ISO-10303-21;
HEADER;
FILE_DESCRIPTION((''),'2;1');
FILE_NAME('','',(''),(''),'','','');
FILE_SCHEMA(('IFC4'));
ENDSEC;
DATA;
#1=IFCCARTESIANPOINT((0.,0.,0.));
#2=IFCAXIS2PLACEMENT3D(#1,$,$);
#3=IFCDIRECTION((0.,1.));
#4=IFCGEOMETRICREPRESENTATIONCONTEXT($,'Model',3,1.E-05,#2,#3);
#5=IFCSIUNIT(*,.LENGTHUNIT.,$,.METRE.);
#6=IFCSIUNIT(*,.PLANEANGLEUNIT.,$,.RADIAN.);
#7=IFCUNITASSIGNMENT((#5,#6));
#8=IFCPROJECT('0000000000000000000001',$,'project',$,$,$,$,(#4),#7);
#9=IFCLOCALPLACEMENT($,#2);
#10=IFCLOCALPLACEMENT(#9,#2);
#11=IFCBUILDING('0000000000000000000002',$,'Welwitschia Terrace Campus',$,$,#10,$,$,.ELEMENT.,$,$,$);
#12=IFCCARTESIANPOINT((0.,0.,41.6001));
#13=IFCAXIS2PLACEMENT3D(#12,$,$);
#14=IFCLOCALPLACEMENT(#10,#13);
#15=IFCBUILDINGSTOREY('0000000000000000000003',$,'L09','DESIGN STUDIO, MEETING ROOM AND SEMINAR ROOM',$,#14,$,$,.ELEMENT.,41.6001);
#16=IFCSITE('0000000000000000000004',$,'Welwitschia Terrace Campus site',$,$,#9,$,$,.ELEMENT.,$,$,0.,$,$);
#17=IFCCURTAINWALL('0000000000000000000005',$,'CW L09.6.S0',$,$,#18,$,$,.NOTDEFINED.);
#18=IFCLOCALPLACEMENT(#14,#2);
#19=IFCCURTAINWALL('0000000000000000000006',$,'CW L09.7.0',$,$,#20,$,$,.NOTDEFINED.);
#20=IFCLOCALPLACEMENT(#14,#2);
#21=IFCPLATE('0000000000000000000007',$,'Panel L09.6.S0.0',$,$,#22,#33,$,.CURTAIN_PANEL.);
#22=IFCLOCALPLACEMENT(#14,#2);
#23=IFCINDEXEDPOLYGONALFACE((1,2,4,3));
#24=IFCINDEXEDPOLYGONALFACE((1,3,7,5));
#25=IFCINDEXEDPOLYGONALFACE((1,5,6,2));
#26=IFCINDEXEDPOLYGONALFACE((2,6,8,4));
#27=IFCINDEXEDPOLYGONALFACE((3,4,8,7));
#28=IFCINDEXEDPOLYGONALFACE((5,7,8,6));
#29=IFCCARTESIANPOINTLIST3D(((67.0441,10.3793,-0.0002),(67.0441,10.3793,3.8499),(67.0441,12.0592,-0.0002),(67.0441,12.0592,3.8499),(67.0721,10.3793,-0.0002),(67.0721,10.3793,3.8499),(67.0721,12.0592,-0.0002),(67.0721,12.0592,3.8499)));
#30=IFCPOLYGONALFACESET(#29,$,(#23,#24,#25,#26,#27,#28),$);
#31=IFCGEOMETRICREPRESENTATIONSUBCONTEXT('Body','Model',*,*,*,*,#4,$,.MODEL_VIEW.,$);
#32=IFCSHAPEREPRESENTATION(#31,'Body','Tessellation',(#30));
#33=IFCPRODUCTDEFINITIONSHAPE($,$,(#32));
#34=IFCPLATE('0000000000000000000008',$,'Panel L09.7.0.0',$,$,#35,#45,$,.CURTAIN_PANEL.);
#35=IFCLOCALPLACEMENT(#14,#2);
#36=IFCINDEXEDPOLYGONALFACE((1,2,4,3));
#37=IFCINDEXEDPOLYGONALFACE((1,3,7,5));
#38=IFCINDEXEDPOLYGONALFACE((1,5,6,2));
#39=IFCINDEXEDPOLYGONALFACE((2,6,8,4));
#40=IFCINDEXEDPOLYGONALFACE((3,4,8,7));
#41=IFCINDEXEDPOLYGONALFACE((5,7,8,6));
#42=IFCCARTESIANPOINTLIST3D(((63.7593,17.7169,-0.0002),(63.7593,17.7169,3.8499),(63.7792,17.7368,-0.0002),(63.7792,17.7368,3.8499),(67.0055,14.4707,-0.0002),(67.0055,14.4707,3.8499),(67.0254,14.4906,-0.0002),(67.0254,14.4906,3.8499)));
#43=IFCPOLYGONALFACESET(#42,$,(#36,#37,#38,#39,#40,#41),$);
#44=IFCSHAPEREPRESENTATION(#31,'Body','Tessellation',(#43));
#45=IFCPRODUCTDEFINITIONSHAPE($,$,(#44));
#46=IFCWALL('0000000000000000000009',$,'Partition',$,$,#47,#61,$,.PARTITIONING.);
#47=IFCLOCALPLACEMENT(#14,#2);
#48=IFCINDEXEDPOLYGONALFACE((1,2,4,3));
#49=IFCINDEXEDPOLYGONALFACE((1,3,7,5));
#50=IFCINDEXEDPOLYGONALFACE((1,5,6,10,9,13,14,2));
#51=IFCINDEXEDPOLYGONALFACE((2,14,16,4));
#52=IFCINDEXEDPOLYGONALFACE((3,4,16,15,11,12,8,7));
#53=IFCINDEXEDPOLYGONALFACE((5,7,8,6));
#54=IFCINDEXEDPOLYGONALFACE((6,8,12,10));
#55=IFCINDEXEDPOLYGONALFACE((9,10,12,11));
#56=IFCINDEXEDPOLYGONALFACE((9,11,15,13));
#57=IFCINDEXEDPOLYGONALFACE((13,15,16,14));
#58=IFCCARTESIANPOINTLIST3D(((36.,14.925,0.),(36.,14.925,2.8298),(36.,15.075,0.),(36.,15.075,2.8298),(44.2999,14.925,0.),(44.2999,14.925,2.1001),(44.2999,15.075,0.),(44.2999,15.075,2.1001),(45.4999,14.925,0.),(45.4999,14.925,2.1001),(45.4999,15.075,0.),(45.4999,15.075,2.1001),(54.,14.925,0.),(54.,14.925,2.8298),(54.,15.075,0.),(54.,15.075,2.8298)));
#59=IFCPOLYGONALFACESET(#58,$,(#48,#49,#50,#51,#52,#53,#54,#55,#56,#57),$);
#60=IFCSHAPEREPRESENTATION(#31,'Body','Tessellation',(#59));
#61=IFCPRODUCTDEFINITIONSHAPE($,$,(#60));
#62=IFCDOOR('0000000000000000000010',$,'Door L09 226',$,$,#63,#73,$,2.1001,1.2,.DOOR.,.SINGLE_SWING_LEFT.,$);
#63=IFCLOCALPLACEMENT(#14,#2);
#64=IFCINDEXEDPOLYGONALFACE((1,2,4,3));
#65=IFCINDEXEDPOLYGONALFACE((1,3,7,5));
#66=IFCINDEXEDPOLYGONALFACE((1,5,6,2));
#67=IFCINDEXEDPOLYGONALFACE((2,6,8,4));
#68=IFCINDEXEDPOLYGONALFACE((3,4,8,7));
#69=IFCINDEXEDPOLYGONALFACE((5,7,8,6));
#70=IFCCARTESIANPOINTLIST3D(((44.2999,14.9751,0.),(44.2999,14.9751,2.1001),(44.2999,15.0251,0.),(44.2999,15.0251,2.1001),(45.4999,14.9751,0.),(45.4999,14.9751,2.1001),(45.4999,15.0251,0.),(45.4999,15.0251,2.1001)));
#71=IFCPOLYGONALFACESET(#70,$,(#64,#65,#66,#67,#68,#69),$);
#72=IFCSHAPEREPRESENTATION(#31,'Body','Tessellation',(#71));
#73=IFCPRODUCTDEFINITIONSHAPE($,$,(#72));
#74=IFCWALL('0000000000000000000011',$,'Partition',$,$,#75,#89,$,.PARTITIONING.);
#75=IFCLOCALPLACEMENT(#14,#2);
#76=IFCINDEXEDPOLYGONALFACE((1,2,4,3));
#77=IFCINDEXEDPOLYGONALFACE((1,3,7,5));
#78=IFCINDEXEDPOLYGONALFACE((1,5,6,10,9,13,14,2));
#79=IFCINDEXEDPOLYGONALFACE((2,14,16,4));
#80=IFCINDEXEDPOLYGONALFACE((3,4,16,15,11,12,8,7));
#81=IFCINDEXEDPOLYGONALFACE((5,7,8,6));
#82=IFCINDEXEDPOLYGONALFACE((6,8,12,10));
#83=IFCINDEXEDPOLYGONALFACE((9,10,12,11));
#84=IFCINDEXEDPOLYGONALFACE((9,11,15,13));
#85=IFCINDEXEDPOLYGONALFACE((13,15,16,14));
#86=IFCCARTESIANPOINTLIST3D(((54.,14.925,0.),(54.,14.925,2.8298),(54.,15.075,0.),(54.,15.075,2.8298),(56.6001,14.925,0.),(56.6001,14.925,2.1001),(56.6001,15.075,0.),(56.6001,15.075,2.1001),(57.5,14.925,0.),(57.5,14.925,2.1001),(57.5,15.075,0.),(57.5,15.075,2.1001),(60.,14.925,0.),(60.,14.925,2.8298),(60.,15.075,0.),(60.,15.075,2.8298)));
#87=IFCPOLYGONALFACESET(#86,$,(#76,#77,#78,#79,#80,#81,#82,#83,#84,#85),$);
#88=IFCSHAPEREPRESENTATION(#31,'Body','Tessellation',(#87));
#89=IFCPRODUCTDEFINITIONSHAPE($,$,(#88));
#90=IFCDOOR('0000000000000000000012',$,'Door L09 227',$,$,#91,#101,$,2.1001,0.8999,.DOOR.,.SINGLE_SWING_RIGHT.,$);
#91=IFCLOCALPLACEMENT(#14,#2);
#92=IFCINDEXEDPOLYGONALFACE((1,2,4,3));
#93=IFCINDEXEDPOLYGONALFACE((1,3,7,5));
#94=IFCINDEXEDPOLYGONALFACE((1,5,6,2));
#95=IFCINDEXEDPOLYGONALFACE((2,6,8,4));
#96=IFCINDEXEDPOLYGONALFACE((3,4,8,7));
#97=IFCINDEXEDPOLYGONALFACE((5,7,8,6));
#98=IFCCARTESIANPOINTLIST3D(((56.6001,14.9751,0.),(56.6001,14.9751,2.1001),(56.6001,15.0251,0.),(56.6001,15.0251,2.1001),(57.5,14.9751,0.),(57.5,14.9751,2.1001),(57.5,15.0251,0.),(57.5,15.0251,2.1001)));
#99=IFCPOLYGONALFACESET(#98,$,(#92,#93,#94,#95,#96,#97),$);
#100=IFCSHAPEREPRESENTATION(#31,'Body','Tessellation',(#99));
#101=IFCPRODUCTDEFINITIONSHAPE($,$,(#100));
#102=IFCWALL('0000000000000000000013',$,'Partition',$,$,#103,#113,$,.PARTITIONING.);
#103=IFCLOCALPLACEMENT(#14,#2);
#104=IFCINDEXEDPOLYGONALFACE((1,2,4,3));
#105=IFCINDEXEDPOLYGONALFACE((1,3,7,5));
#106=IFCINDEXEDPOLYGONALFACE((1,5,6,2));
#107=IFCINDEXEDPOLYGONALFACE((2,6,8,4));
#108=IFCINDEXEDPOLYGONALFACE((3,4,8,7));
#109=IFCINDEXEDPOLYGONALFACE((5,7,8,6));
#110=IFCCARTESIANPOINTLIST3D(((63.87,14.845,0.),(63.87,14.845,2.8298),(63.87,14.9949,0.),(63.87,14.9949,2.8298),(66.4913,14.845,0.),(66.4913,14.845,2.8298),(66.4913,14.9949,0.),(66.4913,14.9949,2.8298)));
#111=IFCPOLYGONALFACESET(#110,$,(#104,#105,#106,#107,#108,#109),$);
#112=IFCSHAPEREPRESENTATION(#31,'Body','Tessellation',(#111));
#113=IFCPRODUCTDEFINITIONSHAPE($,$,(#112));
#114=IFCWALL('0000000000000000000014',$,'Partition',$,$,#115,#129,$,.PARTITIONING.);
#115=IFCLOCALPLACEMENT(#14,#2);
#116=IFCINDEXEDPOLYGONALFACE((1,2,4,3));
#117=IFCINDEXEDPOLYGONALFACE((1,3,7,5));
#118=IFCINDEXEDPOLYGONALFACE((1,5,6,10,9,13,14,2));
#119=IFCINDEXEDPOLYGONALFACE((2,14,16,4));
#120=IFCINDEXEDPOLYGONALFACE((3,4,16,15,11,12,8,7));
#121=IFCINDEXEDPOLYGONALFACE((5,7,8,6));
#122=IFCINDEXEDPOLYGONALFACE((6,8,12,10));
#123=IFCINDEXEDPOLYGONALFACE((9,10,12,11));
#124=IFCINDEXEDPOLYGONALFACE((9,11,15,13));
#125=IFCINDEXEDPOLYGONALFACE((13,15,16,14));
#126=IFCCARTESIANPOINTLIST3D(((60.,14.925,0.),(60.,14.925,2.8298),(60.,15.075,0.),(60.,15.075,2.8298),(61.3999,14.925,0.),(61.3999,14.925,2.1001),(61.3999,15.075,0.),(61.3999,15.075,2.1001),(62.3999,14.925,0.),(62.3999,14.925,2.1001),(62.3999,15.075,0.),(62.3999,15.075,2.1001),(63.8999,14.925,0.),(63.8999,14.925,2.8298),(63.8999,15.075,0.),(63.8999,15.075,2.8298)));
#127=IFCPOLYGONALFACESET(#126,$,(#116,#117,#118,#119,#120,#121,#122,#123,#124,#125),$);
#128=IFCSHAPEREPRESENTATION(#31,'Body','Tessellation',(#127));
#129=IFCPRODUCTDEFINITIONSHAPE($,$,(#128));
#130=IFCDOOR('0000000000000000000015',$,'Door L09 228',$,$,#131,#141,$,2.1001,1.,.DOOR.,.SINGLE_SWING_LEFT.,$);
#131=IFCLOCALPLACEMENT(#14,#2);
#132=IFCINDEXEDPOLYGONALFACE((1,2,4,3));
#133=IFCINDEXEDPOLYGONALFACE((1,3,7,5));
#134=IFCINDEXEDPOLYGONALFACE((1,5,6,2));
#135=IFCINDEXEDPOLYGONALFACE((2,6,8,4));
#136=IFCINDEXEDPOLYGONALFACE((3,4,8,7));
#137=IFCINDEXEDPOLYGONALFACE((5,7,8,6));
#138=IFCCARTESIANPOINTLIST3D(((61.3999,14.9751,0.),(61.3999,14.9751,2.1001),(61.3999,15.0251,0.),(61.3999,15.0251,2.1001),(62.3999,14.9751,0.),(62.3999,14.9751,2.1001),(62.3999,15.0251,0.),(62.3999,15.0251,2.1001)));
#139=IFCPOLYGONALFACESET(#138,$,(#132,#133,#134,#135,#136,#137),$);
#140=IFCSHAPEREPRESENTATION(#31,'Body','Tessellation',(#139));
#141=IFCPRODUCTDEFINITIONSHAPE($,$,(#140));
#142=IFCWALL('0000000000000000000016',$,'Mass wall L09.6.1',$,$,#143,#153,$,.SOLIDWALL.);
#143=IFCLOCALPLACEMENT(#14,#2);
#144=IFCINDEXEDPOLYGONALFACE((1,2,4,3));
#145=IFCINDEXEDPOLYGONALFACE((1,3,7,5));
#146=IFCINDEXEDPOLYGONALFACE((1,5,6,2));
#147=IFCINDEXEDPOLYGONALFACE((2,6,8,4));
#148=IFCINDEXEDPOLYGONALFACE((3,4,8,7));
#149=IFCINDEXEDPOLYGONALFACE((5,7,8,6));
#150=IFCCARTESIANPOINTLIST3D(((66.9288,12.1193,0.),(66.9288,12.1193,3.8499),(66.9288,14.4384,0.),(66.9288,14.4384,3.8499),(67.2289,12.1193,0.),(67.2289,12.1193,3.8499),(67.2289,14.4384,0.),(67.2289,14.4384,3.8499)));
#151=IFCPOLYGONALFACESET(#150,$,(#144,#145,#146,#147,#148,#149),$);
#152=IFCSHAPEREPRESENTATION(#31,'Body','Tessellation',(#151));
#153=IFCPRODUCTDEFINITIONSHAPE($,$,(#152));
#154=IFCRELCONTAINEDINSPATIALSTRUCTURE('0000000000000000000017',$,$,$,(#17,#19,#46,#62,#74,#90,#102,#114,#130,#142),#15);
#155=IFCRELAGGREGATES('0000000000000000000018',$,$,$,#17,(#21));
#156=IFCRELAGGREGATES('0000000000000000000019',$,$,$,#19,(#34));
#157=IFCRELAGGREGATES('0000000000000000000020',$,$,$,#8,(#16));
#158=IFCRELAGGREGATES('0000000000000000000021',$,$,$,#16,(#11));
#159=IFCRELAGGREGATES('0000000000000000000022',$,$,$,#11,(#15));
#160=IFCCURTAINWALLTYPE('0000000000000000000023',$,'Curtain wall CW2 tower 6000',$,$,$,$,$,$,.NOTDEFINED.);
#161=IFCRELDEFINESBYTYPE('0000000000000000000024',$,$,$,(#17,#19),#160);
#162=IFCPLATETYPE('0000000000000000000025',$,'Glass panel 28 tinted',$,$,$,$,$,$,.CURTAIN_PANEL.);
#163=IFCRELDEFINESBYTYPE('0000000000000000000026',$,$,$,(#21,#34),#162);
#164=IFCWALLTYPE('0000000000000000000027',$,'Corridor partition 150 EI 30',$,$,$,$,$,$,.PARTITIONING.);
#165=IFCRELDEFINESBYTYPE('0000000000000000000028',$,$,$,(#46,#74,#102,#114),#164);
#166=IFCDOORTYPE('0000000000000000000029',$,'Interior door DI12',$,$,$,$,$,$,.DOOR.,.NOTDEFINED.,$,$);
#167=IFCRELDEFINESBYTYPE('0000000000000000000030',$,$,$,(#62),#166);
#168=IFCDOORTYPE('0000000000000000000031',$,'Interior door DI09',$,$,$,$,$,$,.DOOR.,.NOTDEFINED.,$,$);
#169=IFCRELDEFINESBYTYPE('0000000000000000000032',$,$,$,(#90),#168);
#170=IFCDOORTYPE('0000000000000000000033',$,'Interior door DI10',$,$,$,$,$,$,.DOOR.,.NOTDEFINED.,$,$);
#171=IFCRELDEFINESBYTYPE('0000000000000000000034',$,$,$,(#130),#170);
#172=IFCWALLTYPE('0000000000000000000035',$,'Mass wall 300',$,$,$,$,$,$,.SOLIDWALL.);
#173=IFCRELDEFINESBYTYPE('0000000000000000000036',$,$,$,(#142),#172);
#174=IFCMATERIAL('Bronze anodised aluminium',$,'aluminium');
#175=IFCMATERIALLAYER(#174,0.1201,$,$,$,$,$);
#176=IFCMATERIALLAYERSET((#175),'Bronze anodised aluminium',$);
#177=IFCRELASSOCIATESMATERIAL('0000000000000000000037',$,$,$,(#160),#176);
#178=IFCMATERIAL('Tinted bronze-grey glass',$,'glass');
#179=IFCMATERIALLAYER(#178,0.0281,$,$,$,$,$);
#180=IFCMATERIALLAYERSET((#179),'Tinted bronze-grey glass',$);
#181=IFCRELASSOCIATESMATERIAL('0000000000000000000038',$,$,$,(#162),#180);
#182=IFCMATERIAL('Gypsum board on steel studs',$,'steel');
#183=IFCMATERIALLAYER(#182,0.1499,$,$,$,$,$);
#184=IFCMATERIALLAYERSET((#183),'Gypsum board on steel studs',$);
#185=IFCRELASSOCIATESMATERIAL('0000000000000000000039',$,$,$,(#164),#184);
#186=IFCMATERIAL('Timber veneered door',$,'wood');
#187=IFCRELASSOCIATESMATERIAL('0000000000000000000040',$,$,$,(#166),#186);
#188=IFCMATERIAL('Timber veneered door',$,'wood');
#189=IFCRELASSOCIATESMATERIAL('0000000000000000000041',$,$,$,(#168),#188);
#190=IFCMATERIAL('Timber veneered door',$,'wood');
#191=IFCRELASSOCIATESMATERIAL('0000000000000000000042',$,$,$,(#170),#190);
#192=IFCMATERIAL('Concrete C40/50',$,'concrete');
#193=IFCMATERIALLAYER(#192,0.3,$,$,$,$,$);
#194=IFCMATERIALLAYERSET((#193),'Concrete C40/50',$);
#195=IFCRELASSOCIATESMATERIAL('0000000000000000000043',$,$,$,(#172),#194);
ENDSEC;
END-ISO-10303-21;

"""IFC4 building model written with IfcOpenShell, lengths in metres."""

from ifc_helpers import new_model, si_unit, direction, frame, frame_2d, origin, origin_2d, place, context, subcontext, project, spatial, rectangle, extrude, material, layer, layer_set, type_object, element, fill, aggregate, save


model = new_model("IFC4")

# Units and contexts
model_context = context("Model", 3, precision=1e-05, world=origin(), true_north=direction((0.0, 1.0)))
body_context = subcontext(model_context, "Body", "Model", "MODEL_VIEW")
ifc_project = project(units=[si_unit("LENGTHUNIT", "METRE"), si_unit("PLANEANGLEUNIT", "RADIAN")], contexts=[model_context])

# Site, building, storey
site_placement = place(None, origin())
site = spatial("IfcSite", under=ifc_project, at=site_placement, Name="Welwitschia Terrace Campus site", CompositionType="ELEMENT", RefElevation=0.0)
building_placement = place(site_placement, origin())
building = spatial("IfcBuilding", under=site, at=building_placement, Name="Welwitschia Terrace Campus", CompositionType="ELEMENT")
storey_placement = place(building_placement, frame((0.0, 0.0, 41.6001)))
storey = spatial("IfcBuildingStorey", under=building, at=storey_placement, Name="L09", Description="DESIGN STUDIO, MEETING ROOM AND SEMINAR ROOM", CompositionType="ELEMENT", Elevation=41.6001)

# Curtain wall
ifc_material_1 = material(Name="Bronze anodised aluminium", Category="aluminium")
ifc_layer_1 = layer(ifc_material_1, 0.1201)
ifc_layer_set_1 = layer_set([ifc_layer_1], Name="Bronze anodised aluminium")
curtain_wall_type = type_object("IfcCurtainWallType", Name="Curtain wall CW2 tower 6000", PredefinedType="NOTDEFINED", material=ifc_layer_set_1)
curtain_wall_1_placement = place(storey_placement, origin())
curtain_wall_1 = element("IfcCurtainWall", 1, at=curtain_wall_1_placement, inside=storey, type_object=curtain_wall_type, Name="CW L09.6.S0", PredefinedType="NOTDEFINED")

# Curtain wall
curtain_wall_2_placement = place(storey_placement, origin())
curtain_wall_2 = element("IfcCurtainWall", 2, at=curtain_wall_2_placement, inside=storey, type_object=curtain_wall_type, Name="CW L09.7.0", PredefinedType="NOTDEFINED")

# Plates
ifc_material_2 = material(Name="Tinted bronze-grey glass", Category="glass")
ifc_layer_2 = layer(ifc_material_2, 0.0281)
ifc_layer_set_2 = layer_set([ifc_layer_2], Name="Tinted bronze-grey glass")
plate_type = type_object("IfcPlateType", Name="Glass panel 28 tinted", PredefinedType="CURTAIN_PANEL", material=ifc_layer_set_2)
plate_1_placement = place(storey_placement, frame((67.0581, 11.2192, -0.0002), z_axis=(0.0, 0.0, 1.0), x_axis=(0.0, 1.0, 0.0)))
plate_1 = element("IfcPlate", 3, at=plate_1_placement, type_object=plate_type, Name="Panel L09.6.S0.0", PredefinedType="CURTAIN_PANEL", context=body_context, shape_type="SweptSolid", body=[
    extrude(rectangle(XDim=1.6799, YDim=0.0281, at=origin_2d()), origin(), (0.0, 0.0, 1.0), 3.8501),
])
aggregate(curtain_wall_1, [plate_1])
plate_2_placement = place(storey_placement, frame((65.3923, 16.1038, -0.0002), z_axis=(0.0, 0.0, 1.0), x_axis=(-0.707107, 0.707107, 0.0)))
plate_2 = element("IfcPlate", 4, at=plate_2_placement, type_object=plate_type, Name="Panel L09.7.0.0", PredefinedType="CURTAIN_PANEL", context=body_context, shape_type="SweptSolid", body=[
    extrude(rectangle(XDim=4.5908, YDim=0.0281, at=origin_2d()), origin(), (0.0, 0.0, 1.0), 3.8501),
])
aggregate(curtain_wall_2, [plate_2])

# Walls, openings, doors
ifc_material_3 = material(Name="Gypsum board on steel studs", Category="steel")
ifc_layer_3 = layer(ifc_material_3, 0.1499)
ifc_layer_set_3 = layer_set([ifc_layer_3], Name="Gypsum board on steel studs")
wall_type_1 = type_object("IfcWallType", Name="Corridor partition 150 EI 30", PredefinedType="PARTITIONING", material=ifc_layer_set_3)
wall_1_placement = place(storey_placement, frame((54.0, 15.0, 0.0), z_axis=(0.0, 0.0, 1.0), x_axis=(-1.0, 0.0, 0.0)))
wall_1 = element("IfcWall", 5, at=wall_1_placement, inside=storey, type_object=wall_type_1, Name="Partition", PredefinedType="PARTITIONING", context=body_context, shape_type="SweptSolid", body=[
    extrude(rectangle(XDim=18.0, YDim=0.1499, at=frame_2d((9.0, 0.0))), origin(), (0.0, 0.0, 1.0), 2.8298),
])
opening_1_placement = place(wall_1_placement, frame((8.5, 0.0, 0.0)))
opening_1 = element("IfcOpeningElement", 6, at=opening_1_placement, cuts=wall_1, PredefinedType="OPENING", context=body_context, shape_type="SweptSolid", body=[
    extrude(rectangle(XDim=1.2, YDim=2.1001, at=frame_2d((0.6001, 1.05))), frame((0.0, 0.085, 0.0), z_axis=(0.0, -1.0, 0.0), x_axis=(1.0, 0.0, 0.0)), (0.0, 0.0, 1.0), 0.1699),
])
ifc_material_4 = material(Name="Timber veneered door", Category="wood")
door_type_1 = type_object("IfcDoorType", Name="Interior door DI12", OperationType="NOTDEFINED", PredefinedType="DOOR", material=ifc_material_4)
door_1_placement = place(opening_1_placement, origin())
door_1 = element("IfcDoor", 7, at=door_1_placement, inside=storey, type_object=door_type_1, Name="Door L09 226", OperationType="SINGLE_SWING_LEFT", OverallHeight=2.1001, OverallWidth=1.2, PredefinedType="DOOR", context=body_context, shape_type="SweptSolid", body=[
    extrude(rectangle(XDim=1.2, YDim=2.1001, at=frame_2d((0.6001, 1.05))), frame((0.0, 0.0249, 0.0), z_axis=(0.0, -1.0, 0.0), x_axis=(1.0, 0.0, 0.0)), (0.0, 0.0, 1.0), 0.05),
])
fill(opening_1, door_1)
wall_2_placement = place(storey_placement, frame((60.0, 15.0, 0.0), z_axis=(0.0, 0.0, 1.0), x_axis=(-1.0, 0.0, 0.0)))
wall_2 = element("IfcWall", 8, at=wall_2_placement, inside=storey, type_object=wall_type_1, Name="Partition", PredefinedType="PARTITIONING", context=body_context, shape_type="SweptSolid", body=[
    extrude(rectangle(XDim=6.0, YDim=0.1499, at=frame_2d((3.0, 0.0))), origin(), (0.0, 0.0, 1.0), 2.8298),
])
opening_2_placement = place(wall_2_placement, frame((2.5, 0.0, 0.0)))
opening_2 = element("IfcOpeningElement", 9, at=opening_2_placement, cuts=wall_2, PredefinedType="OPENING", context=body_context, shape_type="SweptSolid", body=[
    extrude(rectangle(XDim=0.8999, YDim=2.1001, at=frame_2d((0.45, 1.05))), frame((0.0, 0.085, 0.0), z_axis=(0.0, -1.0, 0.0), x_axis=(1.0, 0.0, 0.0)), (0.0, 0.0, 1.0), 0.1699),
])
ifc_material_5 = material(Name="Timber veneered door", Category="wood")
door_type_2 = type_object("IfcDoorType", Name="Interior door DI09", OperationType="NOTDEFINED", PredefinedType="DOOR", material=ifc_material_5)
door_2_placement = place(opening_2_placement, origin())
door_2 = element("IfcDoor", 10, at=door_2_placement, inside=storey, type_object=door_type_2, Name="Door L09 227", OperationType="SINGLE_SWING_RIGHT", OverallHeight=2.1001, OverallWidth=0.8999, PredefinedType="DOOR", context=body_context, shape_type="SweptSolid", body=[
    extrude(rectangle(XDim=0.8999, YDim=2.1001, at=frame_2d((0.45, 1.05))), frame((0.0, 0.0249, 0.0), z_axis=(0.0, -1.0, 0.0), x_axis=(1.0, 0.0, 0.0)), (0.0, 0.0, 1.0), 0.05),
])
fill(opening_2, door_2)

# Wall
wall_3_placement = place(storey_placement, frame((63.8701, 14.9199, 0.0), z_axis=(0.0, 0.0, 1.0), x_axis=(1.0, 0.0, 0.0)))
element("IfcWall", 11, at=wall_3_placement, inside=storey, type_object=wall_type_1, Name="Partition", PredefinedType="PARTITIONING", context=body_context, shape_type="SweptSolid", body=[
    extrude(rectangle(XDim=2.6213, YDim=0.1499, at=frame_2d((1.3105, 0.0))), origin(), (0.0, 0.0, 1.0), 2.8298),
])

# Wall, opening, door
wall_4_placement = place(storey_placement, frame((63.8999, 15.0, 0.0), z_axis=(0.0, 0.0, 1.0), x_axis=(-1.0, 0.0, 0.0)))
wall_4 = element("IfcWall", 12, at=wall_4_placement, inside=storey, type_object=wall_type_1, Name="Partition", PredefinedType="PARTITIONING", context=body_context, shape_type="SweptSolid", body=[
    extrude(rectangle(XDim=3.8999, YDim=0.1499, at=frame_2d((1.95, 0.0))), origin(), (0.0, 0.0, 1.0), 2.8298),
])
opening_3_placement = place(wall_4_placement, frame((1.5, 0.0, 0.0)))
opening_3 = element("IfcOpeningElement", 13, at=opening_3_placement, cuts=wall_4, PredefinedType="OPENING", context=body_context, shape_type="SweptSolid", body=[
    extrude(rectangle(XDim=1.0, YDim=2.1001, at=frame_2d((0.5, 1.05))), frame((0.0, 0.085, 0.0), z_axis=(0.0, -1.0, 0.0), x_axis=(1.0, 0.0, 0.0)), (0.0, 0.0, 1.0), 0.1699),
])
ifc_material_6 = material(Name="Timber veneered door", Category="wood")
door_type_3 = type_object("IfcDoorType", Name="Interior door DI10", OperationType="NOTDEFINED", PredefinedType="DOOR", material=ifc_material_6)
door_3_placement = place(opening_3_placement, origin())
door_3 = element("IfcDoor", 14, at=door_3_placement, inside=storey, type_object=door_type_3, Name="Door L09 228", OperationType="SINGLE_SWING_LEFT", OverallHeight=2.1001, OverallWidth=1.0, PredefinedType="DOOR", context=body_context, shape_type="SweptSolid", body=[
    extrude(rectangle(XDim=1.0, YDim=2.1001, at=frame_2d((0.5, 1.05))), frame((0.0, 0.0249, 0.0), z_axis=(0.0, -1.0, 0.0), x_axis=(1.0, 0.0, 0.0)), (0.0, 0.0, 1.0), 0.05),
])
fill(opening_3, door_3)

# Wall
ifc_material_7 = material(Name="Concrete C40/50", Category="concrete")
ifc_layer_4 = layer(ifc_material_7, 0.3)
ifc_layer_set_4 = layer_set([ifc_layer_4], Name="Concrete C40/50")
wall_type_2 = type_object("IfcWallType", Name="Mass wall 300", PredefinedType="SOLIDWALL", material=ifc_layer_set_4)
wall_5_placement = place(storey_placement, frame((67.0789, 12.1191, 0.0), z_axis=(0.0, 0.0, 1.0), x_axis=(0.0, 1.0, 0.0)))
element("IfcWall", 15, at=wall_5_placement, inside=storey, type_object=wall_type_2, Name="Mass wall L09.6.1", PredefinedType="SOLIDWALL", context=body_context, shape_type="SweptSolid", body=[
    extrude(rectangle(XDim=2.3191, YDim=0.3, at=frame_2d((1.1597, 0.0))), origin(), (0.0, 0.0, 1.0), 3.8499),
])

save(model, "model.ifc")
